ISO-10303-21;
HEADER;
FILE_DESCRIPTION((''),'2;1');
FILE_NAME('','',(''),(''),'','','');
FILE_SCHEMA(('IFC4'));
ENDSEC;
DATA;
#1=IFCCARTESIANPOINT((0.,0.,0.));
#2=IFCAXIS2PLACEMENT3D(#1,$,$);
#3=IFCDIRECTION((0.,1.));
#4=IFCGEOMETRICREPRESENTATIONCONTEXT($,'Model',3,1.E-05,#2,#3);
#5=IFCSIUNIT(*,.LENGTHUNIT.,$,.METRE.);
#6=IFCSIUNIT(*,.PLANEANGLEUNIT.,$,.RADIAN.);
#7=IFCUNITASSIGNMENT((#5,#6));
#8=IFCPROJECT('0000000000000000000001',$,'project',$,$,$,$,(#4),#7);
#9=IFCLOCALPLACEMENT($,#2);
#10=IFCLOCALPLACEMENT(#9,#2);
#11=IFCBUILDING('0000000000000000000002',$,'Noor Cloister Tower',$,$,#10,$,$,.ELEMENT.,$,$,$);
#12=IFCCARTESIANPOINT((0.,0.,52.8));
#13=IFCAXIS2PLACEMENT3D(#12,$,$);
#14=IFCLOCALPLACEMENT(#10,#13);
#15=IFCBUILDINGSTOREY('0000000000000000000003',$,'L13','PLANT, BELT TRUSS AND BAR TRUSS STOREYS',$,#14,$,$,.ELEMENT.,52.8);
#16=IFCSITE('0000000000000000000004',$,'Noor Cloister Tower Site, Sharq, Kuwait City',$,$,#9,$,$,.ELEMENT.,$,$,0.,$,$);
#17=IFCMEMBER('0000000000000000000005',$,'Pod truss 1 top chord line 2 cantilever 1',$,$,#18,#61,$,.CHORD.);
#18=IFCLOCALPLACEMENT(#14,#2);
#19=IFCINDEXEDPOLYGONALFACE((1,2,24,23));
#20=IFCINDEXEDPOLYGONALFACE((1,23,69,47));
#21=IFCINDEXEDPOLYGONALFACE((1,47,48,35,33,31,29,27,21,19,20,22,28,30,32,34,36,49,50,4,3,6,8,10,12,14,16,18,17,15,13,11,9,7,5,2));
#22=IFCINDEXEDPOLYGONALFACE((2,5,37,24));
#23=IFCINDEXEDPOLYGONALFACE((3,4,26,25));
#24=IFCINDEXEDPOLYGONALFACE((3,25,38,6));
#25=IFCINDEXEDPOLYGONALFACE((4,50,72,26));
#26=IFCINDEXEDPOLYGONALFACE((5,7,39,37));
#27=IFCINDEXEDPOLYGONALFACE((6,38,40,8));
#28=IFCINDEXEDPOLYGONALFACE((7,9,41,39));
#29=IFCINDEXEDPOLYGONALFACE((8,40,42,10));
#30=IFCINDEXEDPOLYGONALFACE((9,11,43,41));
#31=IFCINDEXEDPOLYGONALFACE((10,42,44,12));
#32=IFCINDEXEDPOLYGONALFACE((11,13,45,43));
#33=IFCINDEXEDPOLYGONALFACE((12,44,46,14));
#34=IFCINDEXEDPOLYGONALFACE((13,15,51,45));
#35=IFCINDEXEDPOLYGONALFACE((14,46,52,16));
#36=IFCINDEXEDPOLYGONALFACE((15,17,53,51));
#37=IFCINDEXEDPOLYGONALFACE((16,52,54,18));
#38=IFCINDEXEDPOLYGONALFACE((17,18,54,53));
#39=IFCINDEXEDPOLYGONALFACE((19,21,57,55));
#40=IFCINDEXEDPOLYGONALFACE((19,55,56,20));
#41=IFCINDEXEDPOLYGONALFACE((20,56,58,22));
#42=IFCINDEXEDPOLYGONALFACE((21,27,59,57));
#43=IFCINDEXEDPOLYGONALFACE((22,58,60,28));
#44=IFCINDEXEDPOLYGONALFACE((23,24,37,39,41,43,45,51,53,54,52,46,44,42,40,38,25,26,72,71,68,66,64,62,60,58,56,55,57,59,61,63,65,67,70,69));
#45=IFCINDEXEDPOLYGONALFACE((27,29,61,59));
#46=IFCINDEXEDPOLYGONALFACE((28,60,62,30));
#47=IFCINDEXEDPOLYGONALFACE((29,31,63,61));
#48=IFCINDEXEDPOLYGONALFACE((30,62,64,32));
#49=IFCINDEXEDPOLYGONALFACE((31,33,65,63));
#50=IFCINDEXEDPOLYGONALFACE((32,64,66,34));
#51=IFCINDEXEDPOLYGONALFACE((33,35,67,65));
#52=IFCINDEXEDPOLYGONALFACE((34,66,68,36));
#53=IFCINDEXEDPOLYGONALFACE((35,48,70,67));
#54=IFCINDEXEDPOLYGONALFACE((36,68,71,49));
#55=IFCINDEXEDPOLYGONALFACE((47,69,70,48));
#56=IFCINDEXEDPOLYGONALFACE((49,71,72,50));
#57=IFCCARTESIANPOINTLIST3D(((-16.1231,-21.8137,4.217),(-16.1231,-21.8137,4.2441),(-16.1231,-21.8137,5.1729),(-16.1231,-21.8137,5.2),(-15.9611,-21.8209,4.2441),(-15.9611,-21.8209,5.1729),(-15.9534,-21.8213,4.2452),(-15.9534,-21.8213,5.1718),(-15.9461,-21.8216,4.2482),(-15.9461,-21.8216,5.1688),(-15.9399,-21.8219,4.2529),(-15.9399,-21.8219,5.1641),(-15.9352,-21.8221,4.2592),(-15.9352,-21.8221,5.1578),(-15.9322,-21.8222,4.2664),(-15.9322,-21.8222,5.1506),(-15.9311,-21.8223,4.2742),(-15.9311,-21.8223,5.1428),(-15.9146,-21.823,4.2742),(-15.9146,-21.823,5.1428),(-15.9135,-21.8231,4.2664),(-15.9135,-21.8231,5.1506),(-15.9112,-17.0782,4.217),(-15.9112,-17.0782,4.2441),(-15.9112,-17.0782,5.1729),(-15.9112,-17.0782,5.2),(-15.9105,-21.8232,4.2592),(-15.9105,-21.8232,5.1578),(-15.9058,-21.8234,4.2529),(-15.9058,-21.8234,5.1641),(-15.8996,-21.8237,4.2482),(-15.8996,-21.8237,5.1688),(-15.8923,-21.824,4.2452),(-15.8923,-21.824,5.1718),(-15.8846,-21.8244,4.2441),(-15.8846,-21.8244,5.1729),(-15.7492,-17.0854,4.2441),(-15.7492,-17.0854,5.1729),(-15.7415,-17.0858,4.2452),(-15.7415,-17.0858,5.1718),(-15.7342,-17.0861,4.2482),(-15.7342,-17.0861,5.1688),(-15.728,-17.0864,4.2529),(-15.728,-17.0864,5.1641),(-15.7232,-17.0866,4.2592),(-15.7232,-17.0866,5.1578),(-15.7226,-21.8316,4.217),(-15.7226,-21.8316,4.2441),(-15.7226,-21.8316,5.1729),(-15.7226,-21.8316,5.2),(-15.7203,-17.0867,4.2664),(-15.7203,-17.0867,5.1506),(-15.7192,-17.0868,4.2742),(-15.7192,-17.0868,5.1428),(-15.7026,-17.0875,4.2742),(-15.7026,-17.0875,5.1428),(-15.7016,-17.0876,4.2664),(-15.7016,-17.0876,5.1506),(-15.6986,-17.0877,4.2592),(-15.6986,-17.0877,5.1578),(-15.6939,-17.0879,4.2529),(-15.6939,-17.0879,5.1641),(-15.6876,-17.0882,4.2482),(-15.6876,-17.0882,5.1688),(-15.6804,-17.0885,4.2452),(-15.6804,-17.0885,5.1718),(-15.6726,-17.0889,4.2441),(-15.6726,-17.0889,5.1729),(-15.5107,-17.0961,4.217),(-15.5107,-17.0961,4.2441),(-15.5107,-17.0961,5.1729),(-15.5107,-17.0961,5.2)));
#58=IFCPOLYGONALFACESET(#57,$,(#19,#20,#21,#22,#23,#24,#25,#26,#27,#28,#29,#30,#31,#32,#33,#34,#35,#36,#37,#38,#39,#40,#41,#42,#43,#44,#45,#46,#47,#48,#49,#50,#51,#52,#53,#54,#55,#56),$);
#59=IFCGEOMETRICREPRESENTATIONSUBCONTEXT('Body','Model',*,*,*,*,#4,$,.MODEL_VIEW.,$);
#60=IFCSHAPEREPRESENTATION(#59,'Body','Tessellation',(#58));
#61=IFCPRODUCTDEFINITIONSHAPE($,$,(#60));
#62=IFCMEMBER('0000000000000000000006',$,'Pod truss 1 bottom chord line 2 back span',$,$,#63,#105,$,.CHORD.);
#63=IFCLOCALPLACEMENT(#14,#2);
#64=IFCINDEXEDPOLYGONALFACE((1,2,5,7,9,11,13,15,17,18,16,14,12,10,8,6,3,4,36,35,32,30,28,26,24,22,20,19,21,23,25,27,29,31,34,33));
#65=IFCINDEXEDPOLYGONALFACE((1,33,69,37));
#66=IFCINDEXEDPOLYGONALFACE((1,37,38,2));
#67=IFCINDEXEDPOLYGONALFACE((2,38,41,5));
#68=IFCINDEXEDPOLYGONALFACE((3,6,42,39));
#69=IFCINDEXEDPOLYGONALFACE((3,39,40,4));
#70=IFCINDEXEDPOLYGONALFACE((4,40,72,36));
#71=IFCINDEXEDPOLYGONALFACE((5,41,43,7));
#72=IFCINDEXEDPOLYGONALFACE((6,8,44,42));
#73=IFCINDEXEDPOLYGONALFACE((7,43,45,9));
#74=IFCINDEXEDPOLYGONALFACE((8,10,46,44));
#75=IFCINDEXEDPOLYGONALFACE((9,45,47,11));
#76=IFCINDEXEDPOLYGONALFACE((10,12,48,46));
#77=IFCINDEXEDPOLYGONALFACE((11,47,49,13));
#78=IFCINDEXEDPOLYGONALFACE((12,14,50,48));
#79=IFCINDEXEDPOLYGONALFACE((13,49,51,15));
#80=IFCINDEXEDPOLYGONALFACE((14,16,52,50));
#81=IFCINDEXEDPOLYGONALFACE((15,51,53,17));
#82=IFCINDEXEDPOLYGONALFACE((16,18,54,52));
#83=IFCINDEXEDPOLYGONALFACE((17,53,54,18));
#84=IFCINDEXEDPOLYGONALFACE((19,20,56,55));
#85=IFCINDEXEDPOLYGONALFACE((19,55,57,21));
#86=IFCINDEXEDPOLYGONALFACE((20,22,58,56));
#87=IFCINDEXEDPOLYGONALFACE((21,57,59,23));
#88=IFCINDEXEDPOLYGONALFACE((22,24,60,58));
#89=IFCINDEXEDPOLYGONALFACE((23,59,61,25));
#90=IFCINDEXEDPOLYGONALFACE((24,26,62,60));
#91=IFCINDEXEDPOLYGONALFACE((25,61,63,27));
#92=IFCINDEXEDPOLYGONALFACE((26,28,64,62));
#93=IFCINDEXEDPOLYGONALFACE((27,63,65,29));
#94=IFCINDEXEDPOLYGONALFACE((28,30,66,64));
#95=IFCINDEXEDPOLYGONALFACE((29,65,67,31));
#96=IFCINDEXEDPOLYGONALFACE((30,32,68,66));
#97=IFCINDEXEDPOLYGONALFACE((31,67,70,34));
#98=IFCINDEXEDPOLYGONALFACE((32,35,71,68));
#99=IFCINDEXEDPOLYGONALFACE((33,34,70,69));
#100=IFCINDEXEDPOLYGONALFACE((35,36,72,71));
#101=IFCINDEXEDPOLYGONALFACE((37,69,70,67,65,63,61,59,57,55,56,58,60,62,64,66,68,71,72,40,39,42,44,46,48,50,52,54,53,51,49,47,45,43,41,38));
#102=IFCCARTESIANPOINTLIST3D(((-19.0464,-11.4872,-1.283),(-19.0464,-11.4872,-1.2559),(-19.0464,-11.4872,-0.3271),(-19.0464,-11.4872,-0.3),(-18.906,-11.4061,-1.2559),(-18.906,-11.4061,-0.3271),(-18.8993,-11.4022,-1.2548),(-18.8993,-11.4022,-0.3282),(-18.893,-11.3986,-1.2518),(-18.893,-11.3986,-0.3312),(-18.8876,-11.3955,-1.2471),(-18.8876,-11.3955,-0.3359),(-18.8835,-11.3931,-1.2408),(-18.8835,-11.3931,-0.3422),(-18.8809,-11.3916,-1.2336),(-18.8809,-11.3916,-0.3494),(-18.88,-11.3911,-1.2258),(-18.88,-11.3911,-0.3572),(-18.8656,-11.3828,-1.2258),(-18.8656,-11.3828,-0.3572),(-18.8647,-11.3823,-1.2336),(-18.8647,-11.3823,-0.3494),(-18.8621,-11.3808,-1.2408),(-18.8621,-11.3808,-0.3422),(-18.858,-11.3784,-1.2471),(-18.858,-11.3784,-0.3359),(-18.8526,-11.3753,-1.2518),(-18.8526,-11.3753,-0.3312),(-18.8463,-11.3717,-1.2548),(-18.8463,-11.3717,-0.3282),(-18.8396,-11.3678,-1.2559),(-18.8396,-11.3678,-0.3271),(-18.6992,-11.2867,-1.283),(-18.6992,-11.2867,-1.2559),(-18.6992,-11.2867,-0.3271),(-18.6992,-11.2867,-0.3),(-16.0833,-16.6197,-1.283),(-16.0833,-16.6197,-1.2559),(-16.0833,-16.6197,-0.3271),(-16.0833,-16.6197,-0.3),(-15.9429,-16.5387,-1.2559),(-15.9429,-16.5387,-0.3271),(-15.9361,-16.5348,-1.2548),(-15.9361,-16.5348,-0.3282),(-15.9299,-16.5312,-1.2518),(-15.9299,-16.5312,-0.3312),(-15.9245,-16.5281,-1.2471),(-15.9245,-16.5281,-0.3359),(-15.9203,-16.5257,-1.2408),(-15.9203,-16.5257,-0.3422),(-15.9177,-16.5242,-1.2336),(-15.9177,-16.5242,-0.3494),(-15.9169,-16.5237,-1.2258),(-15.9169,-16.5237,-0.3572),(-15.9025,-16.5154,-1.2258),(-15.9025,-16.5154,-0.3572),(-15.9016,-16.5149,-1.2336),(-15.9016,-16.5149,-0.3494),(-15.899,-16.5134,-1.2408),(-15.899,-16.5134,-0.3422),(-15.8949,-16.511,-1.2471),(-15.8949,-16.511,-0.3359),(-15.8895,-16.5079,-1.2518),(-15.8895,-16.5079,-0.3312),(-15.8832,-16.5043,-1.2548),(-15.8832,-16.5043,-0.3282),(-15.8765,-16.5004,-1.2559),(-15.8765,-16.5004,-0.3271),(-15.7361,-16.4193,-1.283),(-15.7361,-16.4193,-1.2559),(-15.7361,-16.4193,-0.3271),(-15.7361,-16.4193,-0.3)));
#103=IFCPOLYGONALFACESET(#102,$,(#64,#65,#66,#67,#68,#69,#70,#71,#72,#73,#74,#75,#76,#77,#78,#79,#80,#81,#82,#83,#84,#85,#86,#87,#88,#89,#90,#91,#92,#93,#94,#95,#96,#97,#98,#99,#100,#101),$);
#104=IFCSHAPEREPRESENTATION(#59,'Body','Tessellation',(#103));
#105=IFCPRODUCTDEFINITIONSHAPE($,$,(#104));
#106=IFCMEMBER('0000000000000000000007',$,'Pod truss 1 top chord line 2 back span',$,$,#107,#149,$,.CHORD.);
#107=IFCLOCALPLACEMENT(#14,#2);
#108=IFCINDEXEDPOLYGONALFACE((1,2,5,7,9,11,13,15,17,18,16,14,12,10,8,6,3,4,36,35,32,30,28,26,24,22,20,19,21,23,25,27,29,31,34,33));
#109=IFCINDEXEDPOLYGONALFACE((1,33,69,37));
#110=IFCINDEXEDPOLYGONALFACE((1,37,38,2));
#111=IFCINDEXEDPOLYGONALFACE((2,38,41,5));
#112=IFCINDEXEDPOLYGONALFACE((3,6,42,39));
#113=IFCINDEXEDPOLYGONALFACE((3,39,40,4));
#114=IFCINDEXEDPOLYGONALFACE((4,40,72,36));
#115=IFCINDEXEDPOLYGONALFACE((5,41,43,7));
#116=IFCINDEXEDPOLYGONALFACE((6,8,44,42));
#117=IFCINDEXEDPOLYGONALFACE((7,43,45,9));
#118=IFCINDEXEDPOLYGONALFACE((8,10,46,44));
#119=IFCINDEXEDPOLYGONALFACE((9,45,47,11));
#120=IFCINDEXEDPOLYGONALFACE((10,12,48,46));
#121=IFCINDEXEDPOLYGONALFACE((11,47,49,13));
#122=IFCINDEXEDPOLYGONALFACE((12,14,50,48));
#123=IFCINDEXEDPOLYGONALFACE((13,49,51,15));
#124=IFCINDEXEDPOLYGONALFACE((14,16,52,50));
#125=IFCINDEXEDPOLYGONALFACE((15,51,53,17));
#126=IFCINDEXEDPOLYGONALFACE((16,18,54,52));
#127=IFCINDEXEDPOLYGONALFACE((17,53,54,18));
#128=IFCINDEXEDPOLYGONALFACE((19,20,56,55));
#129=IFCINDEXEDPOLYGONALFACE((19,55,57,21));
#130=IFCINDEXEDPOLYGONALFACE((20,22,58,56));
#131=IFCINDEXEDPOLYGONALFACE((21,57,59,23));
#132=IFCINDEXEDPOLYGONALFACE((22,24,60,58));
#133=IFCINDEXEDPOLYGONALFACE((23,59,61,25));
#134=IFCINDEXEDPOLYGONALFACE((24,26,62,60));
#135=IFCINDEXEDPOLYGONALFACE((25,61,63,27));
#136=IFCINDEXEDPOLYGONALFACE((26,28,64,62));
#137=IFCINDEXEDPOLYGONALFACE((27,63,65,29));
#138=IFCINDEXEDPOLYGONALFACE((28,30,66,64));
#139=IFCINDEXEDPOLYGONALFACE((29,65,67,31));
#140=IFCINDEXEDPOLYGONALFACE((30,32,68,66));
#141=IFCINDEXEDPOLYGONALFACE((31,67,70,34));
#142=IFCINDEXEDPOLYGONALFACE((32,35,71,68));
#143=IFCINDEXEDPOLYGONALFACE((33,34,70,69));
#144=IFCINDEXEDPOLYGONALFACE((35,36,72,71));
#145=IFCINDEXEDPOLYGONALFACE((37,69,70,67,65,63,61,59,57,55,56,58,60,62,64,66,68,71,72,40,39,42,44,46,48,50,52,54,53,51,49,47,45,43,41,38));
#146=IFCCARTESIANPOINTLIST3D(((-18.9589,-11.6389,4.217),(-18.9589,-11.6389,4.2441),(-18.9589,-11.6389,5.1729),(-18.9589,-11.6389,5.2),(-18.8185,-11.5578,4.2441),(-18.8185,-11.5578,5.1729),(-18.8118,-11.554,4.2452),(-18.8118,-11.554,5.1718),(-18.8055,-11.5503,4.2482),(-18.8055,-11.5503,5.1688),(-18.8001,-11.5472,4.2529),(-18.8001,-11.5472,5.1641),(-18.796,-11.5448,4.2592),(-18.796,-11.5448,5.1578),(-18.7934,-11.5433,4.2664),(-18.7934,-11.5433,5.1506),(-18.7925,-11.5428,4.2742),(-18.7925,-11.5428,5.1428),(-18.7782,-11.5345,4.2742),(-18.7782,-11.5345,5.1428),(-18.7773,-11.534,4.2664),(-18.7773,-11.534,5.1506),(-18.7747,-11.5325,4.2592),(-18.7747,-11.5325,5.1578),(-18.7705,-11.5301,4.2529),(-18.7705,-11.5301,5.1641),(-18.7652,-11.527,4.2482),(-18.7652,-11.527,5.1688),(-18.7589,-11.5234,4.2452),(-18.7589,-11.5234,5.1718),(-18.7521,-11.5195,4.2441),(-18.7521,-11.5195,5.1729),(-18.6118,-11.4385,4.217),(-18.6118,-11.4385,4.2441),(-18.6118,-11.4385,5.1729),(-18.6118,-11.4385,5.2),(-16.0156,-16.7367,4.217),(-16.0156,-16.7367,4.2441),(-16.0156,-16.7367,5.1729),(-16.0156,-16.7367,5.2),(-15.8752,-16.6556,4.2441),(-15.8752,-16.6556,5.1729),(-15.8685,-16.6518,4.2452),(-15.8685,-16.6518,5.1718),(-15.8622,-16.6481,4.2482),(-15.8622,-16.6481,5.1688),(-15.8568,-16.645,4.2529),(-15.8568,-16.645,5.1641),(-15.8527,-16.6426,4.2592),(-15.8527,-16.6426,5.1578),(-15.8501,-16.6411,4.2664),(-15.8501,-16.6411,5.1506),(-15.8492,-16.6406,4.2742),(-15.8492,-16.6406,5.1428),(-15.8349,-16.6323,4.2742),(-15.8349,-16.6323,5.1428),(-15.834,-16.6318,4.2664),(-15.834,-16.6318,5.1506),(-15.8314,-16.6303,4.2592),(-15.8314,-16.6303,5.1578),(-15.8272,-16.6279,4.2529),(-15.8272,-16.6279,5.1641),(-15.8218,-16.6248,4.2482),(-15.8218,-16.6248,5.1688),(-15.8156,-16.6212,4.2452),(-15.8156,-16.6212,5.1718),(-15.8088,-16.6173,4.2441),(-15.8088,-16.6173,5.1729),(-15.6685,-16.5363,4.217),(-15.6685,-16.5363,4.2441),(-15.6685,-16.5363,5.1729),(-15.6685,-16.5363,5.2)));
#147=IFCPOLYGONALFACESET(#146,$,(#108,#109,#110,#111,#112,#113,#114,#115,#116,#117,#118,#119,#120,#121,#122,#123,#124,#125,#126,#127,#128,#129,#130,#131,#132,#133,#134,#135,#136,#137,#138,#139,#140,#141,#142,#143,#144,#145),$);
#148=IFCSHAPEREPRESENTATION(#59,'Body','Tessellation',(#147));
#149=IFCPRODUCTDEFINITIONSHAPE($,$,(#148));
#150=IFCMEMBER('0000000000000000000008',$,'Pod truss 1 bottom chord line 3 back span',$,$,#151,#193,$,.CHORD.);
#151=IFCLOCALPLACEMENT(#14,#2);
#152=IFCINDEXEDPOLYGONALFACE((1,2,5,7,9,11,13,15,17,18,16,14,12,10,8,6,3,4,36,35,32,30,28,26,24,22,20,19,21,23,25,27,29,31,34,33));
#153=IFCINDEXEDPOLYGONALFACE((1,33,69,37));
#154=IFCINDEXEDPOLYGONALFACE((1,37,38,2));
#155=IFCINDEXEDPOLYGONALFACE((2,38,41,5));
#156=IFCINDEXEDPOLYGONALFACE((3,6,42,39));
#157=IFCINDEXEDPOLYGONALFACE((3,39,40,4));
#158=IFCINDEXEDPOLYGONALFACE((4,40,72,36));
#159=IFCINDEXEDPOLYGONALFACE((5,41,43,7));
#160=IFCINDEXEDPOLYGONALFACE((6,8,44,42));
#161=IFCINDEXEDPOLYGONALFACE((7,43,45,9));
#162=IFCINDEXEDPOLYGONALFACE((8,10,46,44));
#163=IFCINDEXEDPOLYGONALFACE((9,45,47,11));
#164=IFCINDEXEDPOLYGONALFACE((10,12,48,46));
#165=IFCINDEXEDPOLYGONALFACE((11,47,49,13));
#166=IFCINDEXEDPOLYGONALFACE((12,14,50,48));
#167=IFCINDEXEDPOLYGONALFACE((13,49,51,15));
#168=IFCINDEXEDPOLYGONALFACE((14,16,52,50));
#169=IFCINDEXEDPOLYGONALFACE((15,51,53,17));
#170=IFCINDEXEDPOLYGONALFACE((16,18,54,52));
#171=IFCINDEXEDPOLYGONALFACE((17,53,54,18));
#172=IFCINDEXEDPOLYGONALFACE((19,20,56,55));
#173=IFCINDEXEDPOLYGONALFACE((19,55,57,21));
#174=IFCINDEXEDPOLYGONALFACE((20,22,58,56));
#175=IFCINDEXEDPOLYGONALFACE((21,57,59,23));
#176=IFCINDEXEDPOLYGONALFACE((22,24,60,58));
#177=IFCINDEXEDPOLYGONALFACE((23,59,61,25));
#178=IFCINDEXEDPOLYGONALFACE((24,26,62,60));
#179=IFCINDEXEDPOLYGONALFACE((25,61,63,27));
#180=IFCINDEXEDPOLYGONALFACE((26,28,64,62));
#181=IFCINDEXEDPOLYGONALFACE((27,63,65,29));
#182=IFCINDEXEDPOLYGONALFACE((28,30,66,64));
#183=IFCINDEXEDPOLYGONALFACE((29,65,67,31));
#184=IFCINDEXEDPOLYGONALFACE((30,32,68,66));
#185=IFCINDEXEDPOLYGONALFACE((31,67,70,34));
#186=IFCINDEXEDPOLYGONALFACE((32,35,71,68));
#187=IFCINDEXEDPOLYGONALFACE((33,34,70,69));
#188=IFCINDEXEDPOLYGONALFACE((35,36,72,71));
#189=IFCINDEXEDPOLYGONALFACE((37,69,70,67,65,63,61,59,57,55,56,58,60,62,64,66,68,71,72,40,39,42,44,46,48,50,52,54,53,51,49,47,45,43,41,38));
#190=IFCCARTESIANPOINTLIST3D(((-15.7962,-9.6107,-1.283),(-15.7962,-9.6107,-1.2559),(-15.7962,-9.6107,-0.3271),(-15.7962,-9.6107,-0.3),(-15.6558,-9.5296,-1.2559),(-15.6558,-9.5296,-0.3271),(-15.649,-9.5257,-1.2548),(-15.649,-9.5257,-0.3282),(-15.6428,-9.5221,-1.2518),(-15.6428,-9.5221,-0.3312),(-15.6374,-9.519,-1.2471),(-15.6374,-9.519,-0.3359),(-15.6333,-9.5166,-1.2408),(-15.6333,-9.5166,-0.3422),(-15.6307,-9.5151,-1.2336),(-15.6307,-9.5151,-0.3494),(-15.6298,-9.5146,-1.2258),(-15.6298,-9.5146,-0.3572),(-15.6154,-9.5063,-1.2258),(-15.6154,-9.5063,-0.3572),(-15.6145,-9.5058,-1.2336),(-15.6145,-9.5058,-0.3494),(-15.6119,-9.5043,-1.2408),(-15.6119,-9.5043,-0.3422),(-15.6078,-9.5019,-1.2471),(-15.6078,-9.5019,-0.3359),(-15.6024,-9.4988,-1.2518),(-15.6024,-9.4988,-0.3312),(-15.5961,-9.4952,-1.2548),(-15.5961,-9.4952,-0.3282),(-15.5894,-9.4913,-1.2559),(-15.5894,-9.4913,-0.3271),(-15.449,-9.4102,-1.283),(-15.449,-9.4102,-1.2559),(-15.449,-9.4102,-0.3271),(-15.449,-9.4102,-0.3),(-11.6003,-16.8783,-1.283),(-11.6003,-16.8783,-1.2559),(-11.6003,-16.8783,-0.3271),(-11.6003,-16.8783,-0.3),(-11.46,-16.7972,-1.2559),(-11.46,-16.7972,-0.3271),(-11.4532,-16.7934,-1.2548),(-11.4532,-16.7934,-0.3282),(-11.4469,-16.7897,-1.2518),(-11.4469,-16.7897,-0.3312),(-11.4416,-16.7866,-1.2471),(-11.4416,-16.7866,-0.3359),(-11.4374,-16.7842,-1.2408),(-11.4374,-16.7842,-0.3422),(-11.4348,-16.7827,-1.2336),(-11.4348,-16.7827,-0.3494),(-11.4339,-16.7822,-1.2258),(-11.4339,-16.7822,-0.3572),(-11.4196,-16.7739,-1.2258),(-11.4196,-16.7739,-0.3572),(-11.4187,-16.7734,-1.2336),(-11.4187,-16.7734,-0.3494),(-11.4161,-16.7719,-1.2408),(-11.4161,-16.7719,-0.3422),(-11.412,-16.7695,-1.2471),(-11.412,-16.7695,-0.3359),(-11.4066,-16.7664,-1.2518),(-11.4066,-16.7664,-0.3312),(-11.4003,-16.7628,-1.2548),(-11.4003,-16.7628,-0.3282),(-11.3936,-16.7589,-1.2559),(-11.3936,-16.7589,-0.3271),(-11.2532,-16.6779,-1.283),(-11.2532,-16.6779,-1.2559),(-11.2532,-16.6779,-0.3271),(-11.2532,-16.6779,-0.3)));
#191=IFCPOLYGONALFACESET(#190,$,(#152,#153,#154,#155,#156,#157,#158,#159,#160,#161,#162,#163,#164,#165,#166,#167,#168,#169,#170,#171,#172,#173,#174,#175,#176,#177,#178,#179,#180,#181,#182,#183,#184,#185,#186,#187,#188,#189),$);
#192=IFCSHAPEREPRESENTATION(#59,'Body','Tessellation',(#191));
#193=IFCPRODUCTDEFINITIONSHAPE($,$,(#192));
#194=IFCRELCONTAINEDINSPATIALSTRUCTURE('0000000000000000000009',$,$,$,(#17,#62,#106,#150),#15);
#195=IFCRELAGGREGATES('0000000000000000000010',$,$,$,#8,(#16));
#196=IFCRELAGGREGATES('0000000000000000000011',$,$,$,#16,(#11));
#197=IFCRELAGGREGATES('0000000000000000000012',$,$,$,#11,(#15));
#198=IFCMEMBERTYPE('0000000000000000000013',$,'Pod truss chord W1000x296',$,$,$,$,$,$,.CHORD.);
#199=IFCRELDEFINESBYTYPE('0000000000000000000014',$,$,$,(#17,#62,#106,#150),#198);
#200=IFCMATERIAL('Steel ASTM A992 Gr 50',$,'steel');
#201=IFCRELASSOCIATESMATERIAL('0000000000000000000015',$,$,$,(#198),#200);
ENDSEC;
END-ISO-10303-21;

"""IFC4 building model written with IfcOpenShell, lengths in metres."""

from ifc_helpers import new_model, si_unit, direction, frame, origin, origin_2d, place, context, subcontext, project, spatial, i_section, extrude, material, material_profile, profile_set, type_object, element, save


model = new_model("IFC4")

# Units and contexts
model_context = context("Model", 3, precision=1e-05, world=origin(), true_north=direction((0.0, 1.0)))
body_context = subcontext(model_context, "Body", "Model", "MODEL_VIEW")
ifc_project = project(units=[si_unit("LENGTHUNIT", "METRE"), si_unit("PLANEANGLEUNIT", "RADIAN")], contexts=[model_context])

# Site, building, storey
site_placement = place(None, origin())
site = spatial("IfcSite", under=ifc_project, at=site_placement, Name="Noor Cloister Tower Site, Sharq, Kuwait City", CompositionType="ELEMENT", RefElevation=0.0)
building_placement = place(site_placement, origin())
building = spatial("IfcBuilding", under=site, at=building_placement, Name="Noor Cloister Tower", CompositionType="ELEMENT")
storey_placement = place(building_placement, frame((0.0, 0.0, 52.8)))
storey = spatial("IfcBuildingStorey", under=building, at=storey_placement, Name="L13", Description="PLANT, BELT TRUSS AND BAR TRUSS STOREYS", CompositionType="ELEMENT", Elevation=52.8)

# Members
ifc_material_1 = material(Name="Steel ASTM A992 Gr 50", Category="steel")
ifc_material_profile_1 = material_profile(ifc_material_1, i_section(OverallWidth=0.4009, OverallDepth=0.9829, WebThickness=0.0166, FlangeThickness=0.0271, FilletRadius=0.03, at=origin_2d()), Name="W1000x296")
ifc_profile_set_1 = profile_set([ifc_material_profile_1], Name="Steel ASTM A992 Gr 50")
member_type_1 = type_object("IfcMemberType", Name="Pod truss chord W1000x296", PredefinedType="CHORD", material=ifc_profile_set_1)
member_1_placement = place(storey_placement, frame((-15.7109, -17.0872, 4.7085), z_axis=(-0.044704, -0.999, 0.0), x_axis=(0.999, -0.044704, 0.0)))
element("IfcMember", 1, at=member_1_placement, inside=storey, type_object=member_type_1, Name="Pod truss 1 top chord line 2 cantilever 1", PredefinedType="CHORD", context=body_context, shape_type="SweptSolid", body=[
    extrude(i_section(OverallWidth=0.4009, OverallDepth=0.9829, WebThickness=0.0166, FlangeThickness=0.0271, FilletRadius=0.03, at=origin_2d()), origin(), (0.0, 0.0, 1.0), 4.7402),
])
member_2_placement = place(storey_placement, frame((-15.9097, -16.5195, -0.7915), z_axis=(-0.49998, 0.866037, 0.0), x_axis=(-0.866037, -0.49998, 0.0)))
element("IfcMember", 2, at=member_2_placement, inside=storey, type_object=member_type_1, Name="Pod truss 1 bottom chord line 2 back span", PredefinedType="CHORD", context=body_context, shape_type="SweptSolid", body=[
    extrude(i_section(OverallWidth=0.4009, OverallDepth=0.9829, WebThickness=0.0166, FlangeThickness=0.0271, FilletRadius=0.03, at=origin_2d()), origin(), (0.0, 0.0, 1.0), 5.9265),
])
member_3_placement = place(storey_placement, frame((-15.842, -16.6365, 4.7085), z_axis=(-0.500011, 0.866019, 0.0), x_axis=(-0.866019, -0.500011, 0.0)))
element("IfcMember", 3, at=member_3_placement, inside=storey, type_object=member_type_1, Name="Pod truss 1 top chord line 2 back span", PredefinedType="CHORD", context=body_context, shape_type="SweptSolid", body=[
    extrude(i_section(OverallWidth=0.4009, OverallDepth=0.9829, WebThickness=0.0166, FlangeThickness=0.0271, FilletRadius=0.03, at=origin_2d()), origin(), (0.0, 0.0, 1.0), 5.8865),
])
member_4_placement = place(storey_placement, frame((-11.4268, -16.7781, -0.7915), z_axis=(-0.499988, 0.866032, 0.0), x_axis=(-0.866032, -0.499988, 0.0)))
element("IfcMember", 4, at=member_4_placement, inside=storey, type_object=member_type_1, Name="Pod truss 1 bottom chord line 3 back span", PredefinedType="CHORD", context=body_context, shape_type="SweptSolid", body=[
    extrude(i_section(OverallWidth=0.4009, OverallDepth=0.9829, WebThickness=0.0166, FlangeThickness=0.0271, FilletRadius=0.03, at=origin_2d()), origin(), (0.0, 0.0, 1.0), 8.3918),
])

save(model, "model.ifc")
